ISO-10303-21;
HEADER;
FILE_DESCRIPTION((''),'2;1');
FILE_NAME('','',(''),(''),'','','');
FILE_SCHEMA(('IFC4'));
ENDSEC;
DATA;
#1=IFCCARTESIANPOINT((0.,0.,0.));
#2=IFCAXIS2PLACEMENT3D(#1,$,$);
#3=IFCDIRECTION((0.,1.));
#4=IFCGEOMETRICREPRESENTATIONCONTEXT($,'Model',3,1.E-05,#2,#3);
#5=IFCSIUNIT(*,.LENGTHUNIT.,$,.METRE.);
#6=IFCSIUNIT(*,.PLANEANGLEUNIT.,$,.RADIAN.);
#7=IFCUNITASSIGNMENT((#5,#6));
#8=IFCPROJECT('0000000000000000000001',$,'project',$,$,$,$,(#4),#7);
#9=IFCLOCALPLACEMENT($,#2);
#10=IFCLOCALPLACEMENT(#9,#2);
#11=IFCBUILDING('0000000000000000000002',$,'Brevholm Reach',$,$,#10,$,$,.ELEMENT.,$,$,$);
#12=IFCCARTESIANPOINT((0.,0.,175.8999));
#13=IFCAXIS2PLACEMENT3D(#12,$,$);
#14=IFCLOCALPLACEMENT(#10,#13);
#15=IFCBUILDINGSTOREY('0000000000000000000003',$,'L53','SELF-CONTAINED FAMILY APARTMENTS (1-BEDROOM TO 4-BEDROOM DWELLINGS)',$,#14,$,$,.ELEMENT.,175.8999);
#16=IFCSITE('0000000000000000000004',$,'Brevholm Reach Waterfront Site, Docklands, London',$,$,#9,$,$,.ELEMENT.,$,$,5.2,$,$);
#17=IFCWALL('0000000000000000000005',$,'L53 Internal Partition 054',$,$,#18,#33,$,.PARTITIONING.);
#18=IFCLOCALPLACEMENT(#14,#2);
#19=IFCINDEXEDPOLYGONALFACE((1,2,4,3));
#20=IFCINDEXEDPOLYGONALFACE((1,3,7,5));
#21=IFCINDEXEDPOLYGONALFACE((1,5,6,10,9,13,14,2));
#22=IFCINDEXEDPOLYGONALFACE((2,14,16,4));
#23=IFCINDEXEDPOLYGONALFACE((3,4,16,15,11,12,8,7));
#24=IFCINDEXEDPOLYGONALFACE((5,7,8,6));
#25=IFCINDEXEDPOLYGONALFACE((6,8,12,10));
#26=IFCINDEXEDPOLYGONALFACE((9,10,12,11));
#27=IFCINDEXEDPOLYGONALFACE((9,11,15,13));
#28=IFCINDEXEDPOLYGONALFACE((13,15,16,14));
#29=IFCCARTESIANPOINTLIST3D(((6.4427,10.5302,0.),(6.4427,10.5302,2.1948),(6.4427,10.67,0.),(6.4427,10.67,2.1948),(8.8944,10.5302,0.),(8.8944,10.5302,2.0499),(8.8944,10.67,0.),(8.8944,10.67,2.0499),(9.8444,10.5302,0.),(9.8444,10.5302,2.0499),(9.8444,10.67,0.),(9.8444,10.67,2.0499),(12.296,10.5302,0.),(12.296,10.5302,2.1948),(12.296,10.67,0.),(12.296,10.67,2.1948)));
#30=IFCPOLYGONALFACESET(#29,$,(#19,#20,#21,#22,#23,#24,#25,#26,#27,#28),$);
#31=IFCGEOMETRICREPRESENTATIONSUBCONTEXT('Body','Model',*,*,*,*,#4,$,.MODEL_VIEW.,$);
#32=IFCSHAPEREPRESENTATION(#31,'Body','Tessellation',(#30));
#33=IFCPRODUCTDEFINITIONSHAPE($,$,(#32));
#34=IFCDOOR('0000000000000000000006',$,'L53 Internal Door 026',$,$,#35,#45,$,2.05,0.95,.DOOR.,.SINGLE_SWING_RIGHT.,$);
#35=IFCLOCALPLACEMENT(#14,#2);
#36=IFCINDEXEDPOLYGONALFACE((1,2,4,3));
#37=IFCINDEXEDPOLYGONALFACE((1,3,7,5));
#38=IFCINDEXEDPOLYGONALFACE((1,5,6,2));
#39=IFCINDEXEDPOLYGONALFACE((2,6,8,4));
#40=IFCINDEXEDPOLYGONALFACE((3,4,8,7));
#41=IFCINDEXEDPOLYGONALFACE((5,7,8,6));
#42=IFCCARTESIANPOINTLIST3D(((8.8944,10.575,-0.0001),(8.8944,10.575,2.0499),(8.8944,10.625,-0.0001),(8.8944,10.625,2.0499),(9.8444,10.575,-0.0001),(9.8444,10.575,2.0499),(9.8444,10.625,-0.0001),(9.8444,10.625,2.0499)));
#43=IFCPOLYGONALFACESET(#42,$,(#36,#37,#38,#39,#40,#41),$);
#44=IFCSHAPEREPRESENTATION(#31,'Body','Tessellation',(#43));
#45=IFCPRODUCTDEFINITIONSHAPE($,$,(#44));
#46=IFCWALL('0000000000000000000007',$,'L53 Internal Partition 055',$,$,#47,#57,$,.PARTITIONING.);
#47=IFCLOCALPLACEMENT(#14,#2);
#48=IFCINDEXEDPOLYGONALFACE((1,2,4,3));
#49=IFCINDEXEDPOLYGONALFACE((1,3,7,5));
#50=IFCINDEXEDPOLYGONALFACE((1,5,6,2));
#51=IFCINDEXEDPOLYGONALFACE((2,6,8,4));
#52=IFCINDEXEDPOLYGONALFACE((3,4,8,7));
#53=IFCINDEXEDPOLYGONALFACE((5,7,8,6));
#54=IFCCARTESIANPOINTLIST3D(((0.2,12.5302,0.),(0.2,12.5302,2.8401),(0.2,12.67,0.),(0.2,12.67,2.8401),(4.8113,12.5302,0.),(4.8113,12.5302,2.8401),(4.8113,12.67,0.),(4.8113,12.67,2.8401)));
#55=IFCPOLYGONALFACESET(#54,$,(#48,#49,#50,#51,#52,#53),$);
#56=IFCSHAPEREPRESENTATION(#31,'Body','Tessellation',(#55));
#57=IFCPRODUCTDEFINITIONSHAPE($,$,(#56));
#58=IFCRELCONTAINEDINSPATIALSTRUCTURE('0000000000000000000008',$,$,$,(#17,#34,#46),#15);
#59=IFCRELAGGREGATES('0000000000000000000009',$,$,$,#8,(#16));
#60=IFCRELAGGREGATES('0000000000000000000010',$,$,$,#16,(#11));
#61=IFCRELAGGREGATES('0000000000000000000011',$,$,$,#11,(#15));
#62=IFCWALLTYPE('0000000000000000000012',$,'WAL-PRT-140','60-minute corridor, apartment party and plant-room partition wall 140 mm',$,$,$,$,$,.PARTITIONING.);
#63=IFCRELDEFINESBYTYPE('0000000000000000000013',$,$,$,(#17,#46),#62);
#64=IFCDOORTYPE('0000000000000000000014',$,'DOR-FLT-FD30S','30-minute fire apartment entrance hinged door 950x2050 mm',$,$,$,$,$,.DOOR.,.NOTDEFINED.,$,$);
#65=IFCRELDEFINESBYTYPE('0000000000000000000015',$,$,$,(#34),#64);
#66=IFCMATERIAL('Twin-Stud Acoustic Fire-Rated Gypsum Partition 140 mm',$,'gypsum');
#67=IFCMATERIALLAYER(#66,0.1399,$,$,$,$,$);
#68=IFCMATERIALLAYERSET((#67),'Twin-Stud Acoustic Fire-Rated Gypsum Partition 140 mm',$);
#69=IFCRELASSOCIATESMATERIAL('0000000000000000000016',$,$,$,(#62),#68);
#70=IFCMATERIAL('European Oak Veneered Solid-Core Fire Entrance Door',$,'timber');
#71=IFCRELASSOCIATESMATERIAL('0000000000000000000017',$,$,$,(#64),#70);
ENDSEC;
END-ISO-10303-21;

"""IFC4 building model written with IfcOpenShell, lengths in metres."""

from ifc_helpers import new_model, si_unit, direction, frame, frame_2d, origin, place, context, subcontext, project, spatial, rectangle, extrude, material, layer, layer_set, type_object, element, fill, save


model = new_model("IFC4")

# Units and contexts
model_context = context("Model", 3, precision=1e-05, world=origin(), true_north=direction((0.0, 1.0)))
body_context = subcontext(model_context, "Body", "Model", "MODEL_VIEW")
ifc_project = project(units=[si_unit("LENGTHUNIT", "METRE"), si_unit("PLANEANGLEUNIT", "RADIAN")], contexts=[model_context])

# Site, building, storey
site_placement = place(None, origin())
site = spatial("IfcSite", under=ifc_project, at=site_placement, Name="Brevholm Reach Waterfront Site, Docklands, London", CompositionType="ELEMENT", RefElevation=5.2)
building_placement = place(site_placement, origin())
building = spatial("IfcBuilding", under=site, at=building_placement, Name="Brevholm Reach", CompositionType="ELEMENT")
storey_placement = place(building_placement, frame((0.0, 0.0, 175.8999)))
storey = spatial("IfcBuildingStorey", under=building, at=storey_placement, Name="L53", Description="SELF-CONTAINED FAMILY APARTMENTS (1-BEDROOM TO 4-BEDROOM DWELLINGS)", CompositionType="ELEMENT", Elevation=175.8999)

# Shared definitions
ifc_material_1 = material(Name="Twin-Stud Acoustic Fire-Rated Gypsum Partition 140 mm", Category="gypsum")
ifc_layer_1 = layer(ifc_material_1, 0.1399)
ifc_layer_set_1 = layer_set([ifc_layer_1], Name="Twin-Stud Acoustic Fire-Rated Gypsum Partition 140 mm")
wall_type_1 = type_object("IfcWallType", Name="WAL-PRT-140", Description="60-minute corridor, apartment party and plant-room partition wall 140 mm", PredefinedType="PARTITIONING", material=ifc_layer_set_1)

# Wall, opening, door
wall_1_placement = place(storey_placement, frame((6.4426, 10.6001, 0.0), z_axis=(0.0, 0.0, 1.0), x_axis=(1.0, 0.0, 0.0)))
wall_1 = element("IfcWall", 1, at=wall_1_placement, inside=storey, type_object=wall_type_1, Name="L53 Internal Partition 054", PredefinedType="PARTITIONING", context=body_context, shape_type="SweptSolid", body=[
    extrude(rectangle(XDim=5.8533, YDim=0.1399, at=frame_2d((2.9268, 0.0))), origin(), (0.0, 0.0, 1.0), 2.1948),
])
opening_1_placement = place(wall_1_placement, frame((2.4517, 0.0, 0.0)))
opening_1 = element("IfcOpeningElement", 2, at=opening_1_placement, cuts=wall_1, PredefinedType="OPENING", context=body_context, shape_type="SweptSolid", body=[
    extrude(rectangle(XDim=0.95, YDim=2.05, at=frame_2d((0.4751, 1.0249))), frame((0.0, 0.0798, 0.0), z_axis=(0.0, -1.0, 0.0), x_axis=(1.0, 0.0, 0.0)), (0.0, 0.0, 1.0), 0.1599),
])
ifc_material_2 = material(Name="European Oak Veneered Solid-Core Fire Entrance Door", Category="timber")
door_type_1 = type_object("IfcDoorType", Name="DOR-FLT-FD30S", Description="30-minute fire apartment entrance hinged door 950x2050 mm", OperationType="NOTDEFINED", PredefinedType="DOOR", material=ifc_material_2)
door_1_placement = place(opening_1_placement, origin())
door_1 = element("IfcDoor", 3, at=door_1_placement, inside=storey, type_object=door_type_1, Name="L53 Internal Door 026", OperationType="SINGLE_SWING_RIGHT", OverallHeight=2.05, OverallWidth=0.95, PredefinedType="DOOR", context=body_context, shape_type="SweptSolid", body=[
    extrude(rectangle(XDim=0.95, YDim=2.05, at=frame_2d((0.4751, 1.0249))), frame((0.0, 0.0249, 0.0), z_axis=(0.0, -1.0, 0.0), x_axis=(1.0, 0.0, 0.0)), (0.0, 0.0, 1.0), 0.05),
])
fill(opening_1, door_1)

# Wall
wall_2_placement = place(storey_placement, frame((0.2, 12.6001, 0.0), z_axis=(0.0, 0.0, 1.0), x_axis=(1.0, 0.0, 0.0)))
element("IfcWall", 4, at=wall_2_placement, inside=storey, type_object=wall_type_1, Name="L53 Internal Partition 055", PredefinedType="PARTITIONING", context=body_context, shape_type="SweptSolid", body=[
    extrude(rectangle(XDim=4.6113, YDim=0.1399, at=frame_2d((2.3057, 0.0))), origin(), (0.0, 0.0, 1.0), 2.8401),
])

save(model, "model.ifc")
